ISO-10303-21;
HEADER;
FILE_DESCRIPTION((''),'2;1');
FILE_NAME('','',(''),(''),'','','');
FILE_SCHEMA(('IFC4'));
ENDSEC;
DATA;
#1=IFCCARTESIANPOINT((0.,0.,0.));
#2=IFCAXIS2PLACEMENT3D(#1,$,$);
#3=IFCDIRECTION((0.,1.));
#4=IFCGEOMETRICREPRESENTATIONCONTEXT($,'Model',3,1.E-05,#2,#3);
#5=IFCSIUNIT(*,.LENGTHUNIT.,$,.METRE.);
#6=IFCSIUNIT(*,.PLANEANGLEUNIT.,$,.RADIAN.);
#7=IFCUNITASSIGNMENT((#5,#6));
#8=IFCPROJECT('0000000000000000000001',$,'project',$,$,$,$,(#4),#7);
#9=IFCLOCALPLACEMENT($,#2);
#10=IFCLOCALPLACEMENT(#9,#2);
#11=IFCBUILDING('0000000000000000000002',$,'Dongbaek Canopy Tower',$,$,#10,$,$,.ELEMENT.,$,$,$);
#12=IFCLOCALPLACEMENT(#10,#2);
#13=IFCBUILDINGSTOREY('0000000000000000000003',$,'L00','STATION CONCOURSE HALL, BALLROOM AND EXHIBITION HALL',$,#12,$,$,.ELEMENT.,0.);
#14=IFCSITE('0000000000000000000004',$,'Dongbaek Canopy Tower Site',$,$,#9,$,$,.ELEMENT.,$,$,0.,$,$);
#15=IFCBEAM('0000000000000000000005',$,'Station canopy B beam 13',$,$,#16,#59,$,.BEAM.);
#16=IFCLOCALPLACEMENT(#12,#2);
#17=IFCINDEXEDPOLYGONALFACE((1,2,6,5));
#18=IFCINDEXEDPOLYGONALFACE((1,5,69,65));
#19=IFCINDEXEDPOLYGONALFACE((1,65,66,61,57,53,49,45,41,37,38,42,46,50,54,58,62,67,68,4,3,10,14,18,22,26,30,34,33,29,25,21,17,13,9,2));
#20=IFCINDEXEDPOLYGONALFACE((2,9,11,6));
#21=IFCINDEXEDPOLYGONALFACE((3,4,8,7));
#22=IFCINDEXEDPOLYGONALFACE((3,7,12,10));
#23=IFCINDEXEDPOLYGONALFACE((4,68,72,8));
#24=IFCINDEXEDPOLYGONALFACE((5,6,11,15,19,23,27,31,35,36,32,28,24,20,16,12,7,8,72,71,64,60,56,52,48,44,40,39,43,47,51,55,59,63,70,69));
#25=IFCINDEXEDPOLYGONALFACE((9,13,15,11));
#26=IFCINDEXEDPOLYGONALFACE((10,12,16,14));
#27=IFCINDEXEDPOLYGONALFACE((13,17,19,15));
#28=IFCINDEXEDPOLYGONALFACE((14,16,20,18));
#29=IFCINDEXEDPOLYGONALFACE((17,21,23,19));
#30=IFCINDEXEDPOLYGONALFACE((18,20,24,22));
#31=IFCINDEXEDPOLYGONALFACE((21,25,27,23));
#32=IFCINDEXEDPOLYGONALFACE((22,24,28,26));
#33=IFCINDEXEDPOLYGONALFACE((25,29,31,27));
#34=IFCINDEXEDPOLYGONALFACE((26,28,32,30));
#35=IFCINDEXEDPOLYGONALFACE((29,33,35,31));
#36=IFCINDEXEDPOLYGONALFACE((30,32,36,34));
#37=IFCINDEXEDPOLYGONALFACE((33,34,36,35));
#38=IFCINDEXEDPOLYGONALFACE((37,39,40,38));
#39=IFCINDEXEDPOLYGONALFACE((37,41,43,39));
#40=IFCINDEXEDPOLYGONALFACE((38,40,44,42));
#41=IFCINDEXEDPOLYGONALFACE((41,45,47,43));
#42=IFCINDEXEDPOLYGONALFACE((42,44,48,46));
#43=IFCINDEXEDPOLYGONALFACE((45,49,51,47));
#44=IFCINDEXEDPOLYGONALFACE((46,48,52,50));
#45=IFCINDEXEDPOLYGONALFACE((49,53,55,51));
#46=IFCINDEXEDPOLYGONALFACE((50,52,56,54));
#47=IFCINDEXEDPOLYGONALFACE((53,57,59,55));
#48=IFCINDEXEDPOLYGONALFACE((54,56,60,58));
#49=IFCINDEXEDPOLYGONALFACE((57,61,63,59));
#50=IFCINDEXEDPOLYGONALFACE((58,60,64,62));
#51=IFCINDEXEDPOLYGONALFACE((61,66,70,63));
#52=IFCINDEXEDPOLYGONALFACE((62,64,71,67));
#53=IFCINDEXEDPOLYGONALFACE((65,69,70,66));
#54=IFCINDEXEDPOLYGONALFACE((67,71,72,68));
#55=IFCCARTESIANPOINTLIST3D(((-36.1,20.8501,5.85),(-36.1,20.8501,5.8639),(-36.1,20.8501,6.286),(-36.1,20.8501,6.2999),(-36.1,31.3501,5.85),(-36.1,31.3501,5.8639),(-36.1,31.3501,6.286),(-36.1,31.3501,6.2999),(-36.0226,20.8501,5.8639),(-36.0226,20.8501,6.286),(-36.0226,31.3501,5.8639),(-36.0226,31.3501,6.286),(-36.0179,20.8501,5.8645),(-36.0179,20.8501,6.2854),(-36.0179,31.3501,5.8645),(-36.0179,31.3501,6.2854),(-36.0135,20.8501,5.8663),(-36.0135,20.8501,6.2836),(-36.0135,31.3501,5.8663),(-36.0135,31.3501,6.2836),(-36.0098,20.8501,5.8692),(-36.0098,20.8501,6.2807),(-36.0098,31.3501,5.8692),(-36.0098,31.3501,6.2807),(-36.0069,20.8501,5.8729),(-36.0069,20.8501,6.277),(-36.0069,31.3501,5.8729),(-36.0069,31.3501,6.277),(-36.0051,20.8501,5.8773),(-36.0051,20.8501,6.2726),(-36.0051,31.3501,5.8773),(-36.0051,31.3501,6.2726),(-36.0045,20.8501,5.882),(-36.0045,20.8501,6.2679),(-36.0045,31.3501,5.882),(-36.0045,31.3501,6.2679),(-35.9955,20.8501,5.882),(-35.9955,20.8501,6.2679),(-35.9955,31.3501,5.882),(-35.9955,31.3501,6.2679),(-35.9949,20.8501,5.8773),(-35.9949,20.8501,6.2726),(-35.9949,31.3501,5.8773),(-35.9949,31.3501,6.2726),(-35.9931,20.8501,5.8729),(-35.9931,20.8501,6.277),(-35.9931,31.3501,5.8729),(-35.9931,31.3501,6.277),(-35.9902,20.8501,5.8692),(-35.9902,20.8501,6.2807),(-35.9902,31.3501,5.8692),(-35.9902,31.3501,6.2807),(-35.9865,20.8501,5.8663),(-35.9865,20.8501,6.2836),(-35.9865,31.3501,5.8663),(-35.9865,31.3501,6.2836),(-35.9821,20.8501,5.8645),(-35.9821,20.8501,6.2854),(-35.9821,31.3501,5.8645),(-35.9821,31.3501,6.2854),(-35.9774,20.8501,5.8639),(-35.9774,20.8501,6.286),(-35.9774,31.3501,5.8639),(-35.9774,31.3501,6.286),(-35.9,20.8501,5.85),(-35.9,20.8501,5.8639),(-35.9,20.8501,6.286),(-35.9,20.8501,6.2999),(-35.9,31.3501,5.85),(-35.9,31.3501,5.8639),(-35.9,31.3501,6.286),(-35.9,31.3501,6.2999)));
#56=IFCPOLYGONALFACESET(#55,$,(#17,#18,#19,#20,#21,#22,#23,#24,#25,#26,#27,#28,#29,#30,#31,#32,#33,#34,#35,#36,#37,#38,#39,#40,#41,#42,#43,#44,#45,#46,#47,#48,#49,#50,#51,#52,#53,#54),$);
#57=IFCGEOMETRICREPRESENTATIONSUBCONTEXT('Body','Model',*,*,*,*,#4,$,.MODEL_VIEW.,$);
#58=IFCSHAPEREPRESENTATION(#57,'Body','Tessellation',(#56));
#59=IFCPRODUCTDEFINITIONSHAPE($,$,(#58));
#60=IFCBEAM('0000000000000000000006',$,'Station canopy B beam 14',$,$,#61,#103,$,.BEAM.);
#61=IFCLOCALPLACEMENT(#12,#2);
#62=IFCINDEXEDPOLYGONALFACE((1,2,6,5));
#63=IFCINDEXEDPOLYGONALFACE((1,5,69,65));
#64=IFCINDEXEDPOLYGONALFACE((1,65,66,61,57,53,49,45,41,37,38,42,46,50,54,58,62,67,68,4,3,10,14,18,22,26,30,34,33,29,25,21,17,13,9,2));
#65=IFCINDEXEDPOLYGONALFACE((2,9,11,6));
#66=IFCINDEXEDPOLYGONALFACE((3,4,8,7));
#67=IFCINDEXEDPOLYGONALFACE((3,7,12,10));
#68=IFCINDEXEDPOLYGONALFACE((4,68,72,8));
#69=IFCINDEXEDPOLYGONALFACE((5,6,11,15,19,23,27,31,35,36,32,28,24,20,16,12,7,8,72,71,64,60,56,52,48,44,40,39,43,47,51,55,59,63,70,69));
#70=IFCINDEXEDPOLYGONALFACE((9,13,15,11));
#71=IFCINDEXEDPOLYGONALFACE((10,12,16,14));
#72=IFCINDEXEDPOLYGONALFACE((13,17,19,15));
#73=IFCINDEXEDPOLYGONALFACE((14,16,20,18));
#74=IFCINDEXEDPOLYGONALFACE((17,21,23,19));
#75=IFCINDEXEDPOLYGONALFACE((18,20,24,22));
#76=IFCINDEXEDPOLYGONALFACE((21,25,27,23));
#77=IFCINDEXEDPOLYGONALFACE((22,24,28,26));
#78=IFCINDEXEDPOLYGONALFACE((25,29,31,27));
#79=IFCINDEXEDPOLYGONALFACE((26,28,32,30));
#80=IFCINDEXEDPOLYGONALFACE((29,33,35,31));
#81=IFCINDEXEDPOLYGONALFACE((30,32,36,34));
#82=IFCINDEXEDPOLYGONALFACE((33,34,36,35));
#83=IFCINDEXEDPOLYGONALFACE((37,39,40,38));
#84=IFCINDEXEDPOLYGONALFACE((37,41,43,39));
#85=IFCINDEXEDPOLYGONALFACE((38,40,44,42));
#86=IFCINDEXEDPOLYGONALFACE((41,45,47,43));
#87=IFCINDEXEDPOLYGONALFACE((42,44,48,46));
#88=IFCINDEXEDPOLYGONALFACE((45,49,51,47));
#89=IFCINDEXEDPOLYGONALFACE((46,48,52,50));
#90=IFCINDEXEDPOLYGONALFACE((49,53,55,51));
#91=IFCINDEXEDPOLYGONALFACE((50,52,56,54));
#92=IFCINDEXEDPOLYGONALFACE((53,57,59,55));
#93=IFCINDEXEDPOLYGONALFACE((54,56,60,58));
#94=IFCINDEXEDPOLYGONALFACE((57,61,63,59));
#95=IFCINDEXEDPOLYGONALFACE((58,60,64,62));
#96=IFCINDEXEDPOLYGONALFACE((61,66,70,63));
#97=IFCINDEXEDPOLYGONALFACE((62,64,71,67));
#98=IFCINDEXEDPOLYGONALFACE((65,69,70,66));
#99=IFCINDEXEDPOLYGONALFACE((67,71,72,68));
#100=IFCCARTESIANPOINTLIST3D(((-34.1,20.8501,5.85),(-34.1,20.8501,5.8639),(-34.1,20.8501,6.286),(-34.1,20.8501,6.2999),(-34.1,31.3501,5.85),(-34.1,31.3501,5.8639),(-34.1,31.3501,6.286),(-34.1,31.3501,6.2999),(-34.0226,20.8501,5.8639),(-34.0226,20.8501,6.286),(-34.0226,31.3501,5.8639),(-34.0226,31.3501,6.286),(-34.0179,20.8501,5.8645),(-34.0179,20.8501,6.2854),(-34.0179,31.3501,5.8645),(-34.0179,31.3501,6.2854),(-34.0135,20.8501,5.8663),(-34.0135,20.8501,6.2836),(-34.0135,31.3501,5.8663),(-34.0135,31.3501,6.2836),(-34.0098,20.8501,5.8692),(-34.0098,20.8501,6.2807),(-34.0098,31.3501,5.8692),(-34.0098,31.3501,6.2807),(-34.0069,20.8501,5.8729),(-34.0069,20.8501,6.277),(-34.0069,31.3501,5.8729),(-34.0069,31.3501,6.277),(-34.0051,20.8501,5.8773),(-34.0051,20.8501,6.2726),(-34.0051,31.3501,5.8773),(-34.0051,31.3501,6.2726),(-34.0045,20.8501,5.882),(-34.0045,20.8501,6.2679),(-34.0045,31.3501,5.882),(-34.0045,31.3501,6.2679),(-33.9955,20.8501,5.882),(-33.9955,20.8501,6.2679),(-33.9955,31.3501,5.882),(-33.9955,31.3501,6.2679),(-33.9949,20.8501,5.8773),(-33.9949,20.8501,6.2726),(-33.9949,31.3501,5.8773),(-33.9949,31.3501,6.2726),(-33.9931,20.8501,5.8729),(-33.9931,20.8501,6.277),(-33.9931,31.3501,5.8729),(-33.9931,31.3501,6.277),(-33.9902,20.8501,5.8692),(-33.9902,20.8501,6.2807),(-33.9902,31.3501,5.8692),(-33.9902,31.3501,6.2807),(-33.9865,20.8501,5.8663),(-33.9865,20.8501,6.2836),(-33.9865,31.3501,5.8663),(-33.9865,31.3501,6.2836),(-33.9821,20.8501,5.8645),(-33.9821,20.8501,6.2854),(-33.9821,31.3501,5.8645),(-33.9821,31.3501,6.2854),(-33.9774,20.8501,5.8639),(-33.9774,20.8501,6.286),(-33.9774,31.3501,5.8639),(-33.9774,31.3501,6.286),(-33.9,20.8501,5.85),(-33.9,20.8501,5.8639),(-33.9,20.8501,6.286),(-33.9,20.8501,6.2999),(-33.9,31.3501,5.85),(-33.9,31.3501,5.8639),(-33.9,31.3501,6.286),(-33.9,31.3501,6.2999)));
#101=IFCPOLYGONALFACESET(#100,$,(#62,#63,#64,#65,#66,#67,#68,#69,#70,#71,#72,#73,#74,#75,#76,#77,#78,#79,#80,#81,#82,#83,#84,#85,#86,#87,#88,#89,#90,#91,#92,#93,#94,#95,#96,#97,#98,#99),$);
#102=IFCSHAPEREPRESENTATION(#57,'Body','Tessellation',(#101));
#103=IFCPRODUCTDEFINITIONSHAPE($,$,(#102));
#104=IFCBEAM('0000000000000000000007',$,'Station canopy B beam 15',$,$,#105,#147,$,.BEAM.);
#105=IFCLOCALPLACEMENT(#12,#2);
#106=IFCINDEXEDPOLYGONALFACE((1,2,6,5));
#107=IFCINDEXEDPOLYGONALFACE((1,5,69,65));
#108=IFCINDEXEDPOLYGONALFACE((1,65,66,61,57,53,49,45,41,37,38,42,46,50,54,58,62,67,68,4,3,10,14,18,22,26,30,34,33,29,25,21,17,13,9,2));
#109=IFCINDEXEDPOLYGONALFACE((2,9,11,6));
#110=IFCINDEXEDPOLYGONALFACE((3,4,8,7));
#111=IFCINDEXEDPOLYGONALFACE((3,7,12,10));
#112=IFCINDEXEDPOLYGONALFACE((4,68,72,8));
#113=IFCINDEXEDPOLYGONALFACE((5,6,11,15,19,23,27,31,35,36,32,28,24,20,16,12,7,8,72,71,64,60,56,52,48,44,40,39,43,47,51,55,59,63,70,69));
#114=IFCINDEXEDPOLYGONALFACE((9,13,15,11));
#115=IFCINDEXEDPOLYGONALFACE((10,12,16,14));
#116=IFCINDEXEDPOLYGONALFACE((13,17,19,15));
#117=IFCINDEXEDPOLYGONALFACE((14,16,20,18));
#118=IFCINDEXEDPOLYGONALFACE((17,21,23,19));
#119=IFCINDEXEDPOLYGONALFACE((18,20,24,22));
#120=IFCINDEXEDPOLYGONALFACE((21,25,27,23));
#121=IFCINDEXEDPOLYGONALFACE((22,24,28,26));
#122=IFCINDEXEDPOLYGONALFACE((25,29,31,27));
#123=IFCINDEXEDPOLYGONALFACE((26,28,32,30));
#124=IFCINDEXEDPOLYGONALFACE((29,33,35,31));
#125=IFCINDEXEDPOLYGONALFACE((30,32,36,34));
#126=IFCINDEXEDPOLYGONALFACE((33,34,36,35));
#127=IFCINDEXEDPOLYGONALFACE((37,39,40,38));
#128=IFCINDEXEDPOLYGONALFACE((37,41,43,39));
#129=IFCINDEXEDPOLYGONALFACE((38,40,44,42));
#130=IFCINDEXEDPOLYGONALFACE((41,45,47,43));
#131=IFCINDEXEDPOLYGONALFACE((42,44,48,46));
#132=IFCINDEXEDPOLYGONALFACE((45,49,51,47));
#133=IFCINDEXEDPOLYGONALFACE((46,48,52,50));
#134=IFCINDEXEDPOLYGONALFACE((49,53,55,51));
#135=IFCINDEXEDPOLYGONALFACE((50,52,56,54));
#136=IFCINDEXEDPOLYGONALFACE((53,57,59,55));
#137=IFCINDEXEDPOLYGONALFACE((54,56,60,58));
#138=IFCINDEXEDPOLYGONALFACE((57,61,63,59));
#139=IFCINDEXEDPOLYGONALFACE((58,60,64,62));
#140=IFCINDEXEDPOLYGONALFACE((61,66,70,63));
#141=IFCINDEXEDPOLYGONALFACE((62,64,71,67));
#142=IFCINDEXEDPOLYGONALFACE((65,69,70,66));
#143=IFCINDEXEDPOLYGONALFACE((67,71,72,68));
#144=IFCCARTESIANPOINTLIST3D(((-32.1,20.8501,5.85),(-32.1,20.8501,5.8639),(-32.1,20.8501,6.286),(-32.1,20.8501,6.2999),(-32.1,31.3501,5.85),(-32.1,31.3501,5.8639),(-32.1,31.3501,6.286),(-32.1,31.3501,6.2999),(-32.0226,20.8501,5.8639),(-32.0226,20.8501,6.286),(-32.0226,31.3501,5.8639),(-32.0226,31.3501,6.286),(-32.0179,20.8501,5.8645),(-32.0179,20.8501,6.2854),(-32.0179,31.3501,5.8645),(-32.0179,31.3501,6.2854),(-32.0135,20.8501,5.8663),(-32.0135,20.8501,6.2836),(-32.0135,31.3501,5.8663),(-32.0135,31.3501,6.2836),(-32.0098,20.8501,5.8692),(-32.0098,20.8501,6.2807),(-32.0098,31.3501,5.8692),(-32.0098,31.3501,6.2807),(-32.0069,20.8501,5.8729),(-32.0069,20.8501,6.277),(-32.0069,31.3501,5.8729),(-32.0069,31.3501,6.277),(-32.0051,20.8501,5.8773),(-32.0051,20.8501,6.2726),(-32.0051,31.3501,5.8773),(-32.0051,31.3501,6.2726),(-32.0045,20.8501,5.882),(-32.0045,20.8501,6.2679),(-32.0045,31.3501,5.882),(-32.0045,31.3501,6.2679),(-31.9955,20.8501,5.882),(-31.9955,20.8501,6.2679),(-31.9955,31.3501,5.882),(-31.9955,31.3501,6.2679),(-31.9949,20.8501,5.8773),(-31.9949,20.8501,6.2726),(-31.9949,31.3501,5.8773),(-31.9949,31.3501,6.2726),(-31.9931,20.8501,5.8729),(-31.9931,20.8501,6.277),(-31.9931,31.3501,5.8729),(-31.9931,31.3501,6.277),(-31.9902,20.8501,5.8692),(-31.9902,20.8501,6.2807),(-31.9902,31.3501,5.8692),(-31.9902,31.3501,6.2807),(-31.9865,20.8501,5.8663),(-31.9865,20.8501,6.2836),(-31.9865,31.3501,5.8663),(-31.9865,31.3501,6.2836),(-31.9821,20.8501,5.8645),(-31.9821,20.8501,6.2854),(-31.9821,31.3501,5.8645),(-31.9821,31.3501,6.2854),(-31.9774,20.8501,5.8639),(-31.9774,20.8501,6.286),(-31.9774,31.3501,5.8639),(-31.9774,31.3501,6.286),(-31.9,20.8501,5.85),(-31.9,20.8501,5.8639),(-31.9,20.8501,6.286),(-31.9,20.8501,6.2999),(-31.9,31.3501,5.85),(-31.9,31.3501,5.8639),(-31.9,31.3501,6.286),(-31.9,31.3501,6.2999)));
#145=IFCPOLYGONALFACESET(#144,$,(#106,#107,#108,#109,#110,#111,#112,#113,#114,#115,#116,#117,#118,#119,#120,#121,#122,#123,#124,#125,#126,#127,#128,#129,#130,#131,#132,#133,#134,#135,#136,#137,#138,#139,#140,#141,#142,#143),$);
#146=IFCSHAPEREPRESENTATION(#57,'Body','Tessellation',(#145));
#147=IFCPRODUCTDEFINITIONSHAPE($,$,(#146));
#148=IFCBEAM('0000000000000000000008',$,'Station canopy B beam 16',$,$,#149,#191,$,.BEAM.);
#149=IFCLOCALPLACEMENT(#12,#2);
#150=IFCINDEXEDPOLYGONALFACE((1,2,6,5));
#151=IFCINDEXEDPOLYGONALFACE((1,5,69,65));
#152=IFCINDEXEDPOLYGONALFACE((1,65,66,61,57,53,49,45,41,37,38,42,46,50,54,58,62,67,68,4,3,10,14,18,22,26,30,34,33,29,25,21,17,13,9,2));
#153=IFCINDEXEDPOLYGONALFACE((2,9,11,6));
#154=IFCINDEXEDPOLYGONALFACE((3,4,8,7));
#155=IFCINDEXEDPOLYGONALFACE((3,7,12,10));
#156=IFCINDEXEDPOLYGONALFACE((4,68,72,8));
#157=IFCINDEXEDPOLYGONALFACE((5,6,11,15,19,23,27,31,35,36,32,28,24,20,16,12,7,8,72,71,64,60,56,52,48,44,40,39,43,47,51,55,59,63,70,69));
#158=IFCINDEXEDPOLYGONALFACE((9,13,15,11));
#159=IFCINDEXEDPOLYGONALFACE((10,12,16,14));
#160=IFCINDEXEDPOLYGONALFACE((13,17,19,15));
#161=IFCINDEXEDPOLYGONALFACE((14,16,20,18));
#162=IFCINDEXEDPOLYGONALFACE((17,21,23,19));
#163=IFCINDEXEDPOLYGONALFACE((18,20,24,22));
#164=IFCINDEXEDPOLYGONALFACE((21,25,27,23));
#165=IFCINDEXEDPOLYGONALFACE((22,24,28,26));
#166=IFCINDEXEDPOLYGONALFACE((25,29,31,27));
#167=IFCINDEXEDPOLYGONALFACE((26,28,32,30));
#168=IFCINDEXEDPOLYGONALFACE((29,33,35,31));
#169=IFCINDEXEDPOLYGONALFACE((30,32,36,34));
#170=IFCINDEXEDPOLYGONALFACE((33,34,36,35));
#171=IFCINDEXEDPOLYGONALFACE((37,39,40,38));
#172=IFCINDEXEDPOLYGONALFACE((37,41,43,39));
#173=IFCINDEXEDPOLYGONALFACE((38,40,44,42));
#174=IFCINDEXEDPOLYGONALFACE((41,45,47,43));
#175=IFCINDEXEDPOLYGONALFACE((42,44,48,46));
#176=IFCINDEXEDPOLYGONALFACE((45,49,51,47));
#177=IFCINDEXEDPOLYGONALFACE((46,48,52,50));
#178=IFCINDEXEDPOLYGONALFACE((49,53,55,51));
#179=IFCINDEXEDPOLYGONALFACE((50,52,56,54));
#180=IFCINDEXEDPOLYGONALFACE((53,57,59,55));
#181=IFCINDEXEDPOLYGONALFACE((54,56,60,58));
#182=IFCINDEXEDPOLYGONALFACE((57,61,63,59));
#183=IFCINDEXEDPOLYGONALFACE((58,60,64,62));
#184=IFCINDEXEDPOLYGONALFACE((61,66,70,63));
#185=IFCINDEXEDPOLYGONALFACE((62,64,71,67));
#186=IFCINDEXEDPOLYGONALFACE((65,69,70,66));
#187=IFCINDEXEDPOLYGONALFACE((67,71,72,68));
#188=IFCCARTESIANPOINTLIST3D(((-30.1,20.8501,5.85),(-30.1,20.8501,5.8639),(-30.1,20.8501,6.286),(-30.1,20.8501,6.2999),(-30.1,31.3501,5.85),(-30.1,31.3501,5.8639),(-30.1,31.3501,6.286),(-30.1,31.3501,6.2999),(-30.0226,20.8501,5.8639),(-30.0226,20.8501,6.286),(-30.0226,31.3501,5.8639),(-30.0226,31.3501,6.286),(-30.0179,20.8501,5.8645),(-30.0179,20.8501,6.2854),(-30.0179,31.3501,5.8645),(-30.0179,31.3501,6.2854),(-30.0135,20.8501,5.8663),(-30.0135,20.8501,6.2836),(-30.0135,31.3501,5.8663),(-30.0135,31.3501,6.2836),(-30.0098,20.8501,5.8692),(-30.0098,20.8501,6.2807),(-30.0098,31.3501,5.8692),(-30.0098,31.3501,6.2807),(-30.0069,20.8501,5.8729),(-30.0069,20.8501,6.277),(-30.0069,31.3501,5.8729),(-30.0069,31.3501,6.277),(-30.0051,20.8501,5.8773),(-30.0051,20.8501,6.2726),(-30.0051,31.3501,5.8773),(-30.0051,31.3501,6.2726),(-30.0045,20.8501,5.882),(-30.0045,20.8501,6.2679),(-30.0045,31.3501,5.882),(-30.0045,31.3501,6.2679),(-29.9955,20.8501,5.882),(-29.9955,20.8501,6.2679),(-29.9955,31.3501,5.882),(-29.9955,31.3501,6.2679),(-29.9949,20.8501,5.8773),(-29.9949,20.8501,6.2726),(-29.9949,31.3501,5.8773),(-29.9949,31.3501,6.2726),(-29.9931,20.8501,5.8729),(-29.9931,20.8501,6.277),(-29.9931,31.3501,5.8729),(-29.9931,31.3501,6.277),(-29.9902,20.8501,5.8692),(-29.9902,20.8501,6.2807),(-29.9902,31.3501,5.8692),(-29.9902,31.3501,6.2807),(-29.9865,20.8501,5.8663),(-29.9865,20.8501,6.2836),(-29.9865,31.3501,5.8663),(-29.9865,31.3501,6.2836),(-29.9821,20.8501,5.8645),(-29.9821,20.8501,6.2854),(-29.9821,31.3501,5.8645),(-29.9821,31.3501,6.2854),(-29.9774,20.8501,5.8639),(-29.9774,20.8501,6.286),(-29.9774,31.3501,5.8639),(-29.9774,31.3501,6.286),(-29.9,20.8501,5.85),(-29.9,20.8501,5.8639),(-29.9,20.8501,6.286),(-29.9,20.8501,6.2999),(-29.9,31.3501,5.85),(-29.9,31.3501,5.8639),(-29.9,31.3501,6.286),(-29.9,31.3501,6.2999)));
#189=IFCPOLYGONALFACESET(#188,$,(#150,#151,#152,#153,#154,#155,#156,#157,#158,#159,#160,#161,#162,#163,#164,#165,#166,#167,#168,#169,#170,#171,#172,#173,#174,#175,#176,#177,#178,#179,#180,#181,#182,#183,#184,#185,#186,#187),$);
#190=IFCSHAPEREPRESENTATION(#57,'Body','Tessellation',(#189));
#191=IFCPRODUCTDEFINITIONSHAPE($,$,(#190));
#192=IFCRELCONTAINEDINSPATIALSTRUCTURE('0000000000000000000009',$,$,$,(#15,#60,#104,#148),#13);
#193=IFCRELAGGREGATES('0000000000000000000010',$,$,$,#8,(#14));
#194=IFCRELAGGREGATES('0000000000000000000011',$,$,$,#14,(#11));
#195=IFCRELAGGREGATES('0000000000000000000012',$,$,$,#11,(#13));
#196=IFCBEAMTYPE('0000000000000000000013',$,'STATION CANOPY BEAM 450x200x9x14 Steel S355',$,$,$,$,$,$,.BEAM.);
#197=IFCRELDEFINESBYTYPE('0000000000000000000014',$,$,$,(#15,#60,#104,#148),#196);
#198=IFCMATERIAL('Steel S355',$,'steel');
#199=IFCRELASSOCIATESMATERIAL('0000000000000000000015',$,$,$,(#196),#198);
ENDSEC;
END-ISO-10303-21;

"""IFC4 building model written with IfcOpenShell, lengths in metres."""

from ifc_helpers import new_model, si_unit, direction, frame, origin, origin_2d, place, context, subcontext, project, spatial, i_section, extrude, material, material_profile, profile_set, type_object, element, save


model = new_model("IFC4")

# Units and contexts
model_context = context("Model", 3, precision=1e-05, world=origin(), true_north=direction((0.0, 1.0)))
body_context = subcontext(model_context, "Body", "Model", "MODEL_VIEW")
ifc_project = project(units=[si_unit("LENGTHUNIT", "METRE"), si_unit("PLANEANGLEUNIT", "RADIAN")], contexts=[model_context])

# Site, building, storey
site_placement = place(None, origin())
site = spatial("IfcSite", under=ifc_project, at=site_placement, Name="Dongbaek Canopy Tower Site", CompositionType="ELEMENT", RefElevation=0.0)
building_placement = place(site_placement, origin())
building = spatial("IfcBuilding", under=site, at=building_placement, Name="Dongbaek Canopy Tower", CompositionType="ELEMENT")
storey_placement = place(building_placement, origin())
storey = spatial("IfcBuildingStorey", under=building, at=storey_placement, Name="L00", Description="STATION CONCOURSE HALL, BALLROOM AND EXHIBITION HALL", CompositionType="ELEMENT", Elevation=0.0)

# Beams
ifc_material_1 = material(Name="Steel S355", Category="steel")
ifc_material_profile_1 = material_profile(ifc_material_1, i_section(OverallWidth=0.2, OverallDepth=0.45, WebThickness=0.009, FlangeThickness=0.0139, FilletRadius=0.0181, at=origin_2d()), Name="STATION CANOPY BEAM 450x200x9x14 Steel S355")
ifc_profile_set_1 = profile_set([ifc_material_profile_1], Name="Steel S355")
beam_type_1 = type_object("IfcBeamType", Name="STATION CANOPY BEAM 450x200x9x14 Steel S355", PredefinedType="BEAM", material=ifc_profile_set_1)
for number, where, z_axis, x_axis, name in (
    (1, (-36.0, 20.8501, 6.075), (0.0, 1.0, 0.0), (-1.0, 0.0, 0.0), "Station canopy B beam 13"),
    (2, (-34.0, 20.8501, 6.075), (0.0, 1.0, 0.0), (-1.0, 0.0, 0.0), "Station canopy B beam 14"),
    (3, (-32.0, 20.8501, 6.075), (0.0, 1.0, 0.0), (-1.0, 0.0, 0.0), "Station canopy B beam 15"),
    (4, (-30.0, 20.8501, 6.075), (0.0, 1.0, 0.0), (-1.0, 0.0, 0.0), "Station canopy B beam 16"),
):
    element("IfcBeam", number, at=place(storey_placement, frame(where, z_axis=z_axis, x_axis=x_axis)), inside=storey, type_object=beam_type_1, Name=name, PredefinedType="BEAM", context=body_context, shape_type="SweptSolid", body=[
        extrude(i_section(OverallWidth=0.2, OverallDepth=0.45, WebThickness=0.009, FlangeThickness=0.0139, FilletRadius=0.0181, at=origin_2d()), origin(), (0.0, 0.0, 1.0), 10.5),
    ])

save(model, "model.ifc")
